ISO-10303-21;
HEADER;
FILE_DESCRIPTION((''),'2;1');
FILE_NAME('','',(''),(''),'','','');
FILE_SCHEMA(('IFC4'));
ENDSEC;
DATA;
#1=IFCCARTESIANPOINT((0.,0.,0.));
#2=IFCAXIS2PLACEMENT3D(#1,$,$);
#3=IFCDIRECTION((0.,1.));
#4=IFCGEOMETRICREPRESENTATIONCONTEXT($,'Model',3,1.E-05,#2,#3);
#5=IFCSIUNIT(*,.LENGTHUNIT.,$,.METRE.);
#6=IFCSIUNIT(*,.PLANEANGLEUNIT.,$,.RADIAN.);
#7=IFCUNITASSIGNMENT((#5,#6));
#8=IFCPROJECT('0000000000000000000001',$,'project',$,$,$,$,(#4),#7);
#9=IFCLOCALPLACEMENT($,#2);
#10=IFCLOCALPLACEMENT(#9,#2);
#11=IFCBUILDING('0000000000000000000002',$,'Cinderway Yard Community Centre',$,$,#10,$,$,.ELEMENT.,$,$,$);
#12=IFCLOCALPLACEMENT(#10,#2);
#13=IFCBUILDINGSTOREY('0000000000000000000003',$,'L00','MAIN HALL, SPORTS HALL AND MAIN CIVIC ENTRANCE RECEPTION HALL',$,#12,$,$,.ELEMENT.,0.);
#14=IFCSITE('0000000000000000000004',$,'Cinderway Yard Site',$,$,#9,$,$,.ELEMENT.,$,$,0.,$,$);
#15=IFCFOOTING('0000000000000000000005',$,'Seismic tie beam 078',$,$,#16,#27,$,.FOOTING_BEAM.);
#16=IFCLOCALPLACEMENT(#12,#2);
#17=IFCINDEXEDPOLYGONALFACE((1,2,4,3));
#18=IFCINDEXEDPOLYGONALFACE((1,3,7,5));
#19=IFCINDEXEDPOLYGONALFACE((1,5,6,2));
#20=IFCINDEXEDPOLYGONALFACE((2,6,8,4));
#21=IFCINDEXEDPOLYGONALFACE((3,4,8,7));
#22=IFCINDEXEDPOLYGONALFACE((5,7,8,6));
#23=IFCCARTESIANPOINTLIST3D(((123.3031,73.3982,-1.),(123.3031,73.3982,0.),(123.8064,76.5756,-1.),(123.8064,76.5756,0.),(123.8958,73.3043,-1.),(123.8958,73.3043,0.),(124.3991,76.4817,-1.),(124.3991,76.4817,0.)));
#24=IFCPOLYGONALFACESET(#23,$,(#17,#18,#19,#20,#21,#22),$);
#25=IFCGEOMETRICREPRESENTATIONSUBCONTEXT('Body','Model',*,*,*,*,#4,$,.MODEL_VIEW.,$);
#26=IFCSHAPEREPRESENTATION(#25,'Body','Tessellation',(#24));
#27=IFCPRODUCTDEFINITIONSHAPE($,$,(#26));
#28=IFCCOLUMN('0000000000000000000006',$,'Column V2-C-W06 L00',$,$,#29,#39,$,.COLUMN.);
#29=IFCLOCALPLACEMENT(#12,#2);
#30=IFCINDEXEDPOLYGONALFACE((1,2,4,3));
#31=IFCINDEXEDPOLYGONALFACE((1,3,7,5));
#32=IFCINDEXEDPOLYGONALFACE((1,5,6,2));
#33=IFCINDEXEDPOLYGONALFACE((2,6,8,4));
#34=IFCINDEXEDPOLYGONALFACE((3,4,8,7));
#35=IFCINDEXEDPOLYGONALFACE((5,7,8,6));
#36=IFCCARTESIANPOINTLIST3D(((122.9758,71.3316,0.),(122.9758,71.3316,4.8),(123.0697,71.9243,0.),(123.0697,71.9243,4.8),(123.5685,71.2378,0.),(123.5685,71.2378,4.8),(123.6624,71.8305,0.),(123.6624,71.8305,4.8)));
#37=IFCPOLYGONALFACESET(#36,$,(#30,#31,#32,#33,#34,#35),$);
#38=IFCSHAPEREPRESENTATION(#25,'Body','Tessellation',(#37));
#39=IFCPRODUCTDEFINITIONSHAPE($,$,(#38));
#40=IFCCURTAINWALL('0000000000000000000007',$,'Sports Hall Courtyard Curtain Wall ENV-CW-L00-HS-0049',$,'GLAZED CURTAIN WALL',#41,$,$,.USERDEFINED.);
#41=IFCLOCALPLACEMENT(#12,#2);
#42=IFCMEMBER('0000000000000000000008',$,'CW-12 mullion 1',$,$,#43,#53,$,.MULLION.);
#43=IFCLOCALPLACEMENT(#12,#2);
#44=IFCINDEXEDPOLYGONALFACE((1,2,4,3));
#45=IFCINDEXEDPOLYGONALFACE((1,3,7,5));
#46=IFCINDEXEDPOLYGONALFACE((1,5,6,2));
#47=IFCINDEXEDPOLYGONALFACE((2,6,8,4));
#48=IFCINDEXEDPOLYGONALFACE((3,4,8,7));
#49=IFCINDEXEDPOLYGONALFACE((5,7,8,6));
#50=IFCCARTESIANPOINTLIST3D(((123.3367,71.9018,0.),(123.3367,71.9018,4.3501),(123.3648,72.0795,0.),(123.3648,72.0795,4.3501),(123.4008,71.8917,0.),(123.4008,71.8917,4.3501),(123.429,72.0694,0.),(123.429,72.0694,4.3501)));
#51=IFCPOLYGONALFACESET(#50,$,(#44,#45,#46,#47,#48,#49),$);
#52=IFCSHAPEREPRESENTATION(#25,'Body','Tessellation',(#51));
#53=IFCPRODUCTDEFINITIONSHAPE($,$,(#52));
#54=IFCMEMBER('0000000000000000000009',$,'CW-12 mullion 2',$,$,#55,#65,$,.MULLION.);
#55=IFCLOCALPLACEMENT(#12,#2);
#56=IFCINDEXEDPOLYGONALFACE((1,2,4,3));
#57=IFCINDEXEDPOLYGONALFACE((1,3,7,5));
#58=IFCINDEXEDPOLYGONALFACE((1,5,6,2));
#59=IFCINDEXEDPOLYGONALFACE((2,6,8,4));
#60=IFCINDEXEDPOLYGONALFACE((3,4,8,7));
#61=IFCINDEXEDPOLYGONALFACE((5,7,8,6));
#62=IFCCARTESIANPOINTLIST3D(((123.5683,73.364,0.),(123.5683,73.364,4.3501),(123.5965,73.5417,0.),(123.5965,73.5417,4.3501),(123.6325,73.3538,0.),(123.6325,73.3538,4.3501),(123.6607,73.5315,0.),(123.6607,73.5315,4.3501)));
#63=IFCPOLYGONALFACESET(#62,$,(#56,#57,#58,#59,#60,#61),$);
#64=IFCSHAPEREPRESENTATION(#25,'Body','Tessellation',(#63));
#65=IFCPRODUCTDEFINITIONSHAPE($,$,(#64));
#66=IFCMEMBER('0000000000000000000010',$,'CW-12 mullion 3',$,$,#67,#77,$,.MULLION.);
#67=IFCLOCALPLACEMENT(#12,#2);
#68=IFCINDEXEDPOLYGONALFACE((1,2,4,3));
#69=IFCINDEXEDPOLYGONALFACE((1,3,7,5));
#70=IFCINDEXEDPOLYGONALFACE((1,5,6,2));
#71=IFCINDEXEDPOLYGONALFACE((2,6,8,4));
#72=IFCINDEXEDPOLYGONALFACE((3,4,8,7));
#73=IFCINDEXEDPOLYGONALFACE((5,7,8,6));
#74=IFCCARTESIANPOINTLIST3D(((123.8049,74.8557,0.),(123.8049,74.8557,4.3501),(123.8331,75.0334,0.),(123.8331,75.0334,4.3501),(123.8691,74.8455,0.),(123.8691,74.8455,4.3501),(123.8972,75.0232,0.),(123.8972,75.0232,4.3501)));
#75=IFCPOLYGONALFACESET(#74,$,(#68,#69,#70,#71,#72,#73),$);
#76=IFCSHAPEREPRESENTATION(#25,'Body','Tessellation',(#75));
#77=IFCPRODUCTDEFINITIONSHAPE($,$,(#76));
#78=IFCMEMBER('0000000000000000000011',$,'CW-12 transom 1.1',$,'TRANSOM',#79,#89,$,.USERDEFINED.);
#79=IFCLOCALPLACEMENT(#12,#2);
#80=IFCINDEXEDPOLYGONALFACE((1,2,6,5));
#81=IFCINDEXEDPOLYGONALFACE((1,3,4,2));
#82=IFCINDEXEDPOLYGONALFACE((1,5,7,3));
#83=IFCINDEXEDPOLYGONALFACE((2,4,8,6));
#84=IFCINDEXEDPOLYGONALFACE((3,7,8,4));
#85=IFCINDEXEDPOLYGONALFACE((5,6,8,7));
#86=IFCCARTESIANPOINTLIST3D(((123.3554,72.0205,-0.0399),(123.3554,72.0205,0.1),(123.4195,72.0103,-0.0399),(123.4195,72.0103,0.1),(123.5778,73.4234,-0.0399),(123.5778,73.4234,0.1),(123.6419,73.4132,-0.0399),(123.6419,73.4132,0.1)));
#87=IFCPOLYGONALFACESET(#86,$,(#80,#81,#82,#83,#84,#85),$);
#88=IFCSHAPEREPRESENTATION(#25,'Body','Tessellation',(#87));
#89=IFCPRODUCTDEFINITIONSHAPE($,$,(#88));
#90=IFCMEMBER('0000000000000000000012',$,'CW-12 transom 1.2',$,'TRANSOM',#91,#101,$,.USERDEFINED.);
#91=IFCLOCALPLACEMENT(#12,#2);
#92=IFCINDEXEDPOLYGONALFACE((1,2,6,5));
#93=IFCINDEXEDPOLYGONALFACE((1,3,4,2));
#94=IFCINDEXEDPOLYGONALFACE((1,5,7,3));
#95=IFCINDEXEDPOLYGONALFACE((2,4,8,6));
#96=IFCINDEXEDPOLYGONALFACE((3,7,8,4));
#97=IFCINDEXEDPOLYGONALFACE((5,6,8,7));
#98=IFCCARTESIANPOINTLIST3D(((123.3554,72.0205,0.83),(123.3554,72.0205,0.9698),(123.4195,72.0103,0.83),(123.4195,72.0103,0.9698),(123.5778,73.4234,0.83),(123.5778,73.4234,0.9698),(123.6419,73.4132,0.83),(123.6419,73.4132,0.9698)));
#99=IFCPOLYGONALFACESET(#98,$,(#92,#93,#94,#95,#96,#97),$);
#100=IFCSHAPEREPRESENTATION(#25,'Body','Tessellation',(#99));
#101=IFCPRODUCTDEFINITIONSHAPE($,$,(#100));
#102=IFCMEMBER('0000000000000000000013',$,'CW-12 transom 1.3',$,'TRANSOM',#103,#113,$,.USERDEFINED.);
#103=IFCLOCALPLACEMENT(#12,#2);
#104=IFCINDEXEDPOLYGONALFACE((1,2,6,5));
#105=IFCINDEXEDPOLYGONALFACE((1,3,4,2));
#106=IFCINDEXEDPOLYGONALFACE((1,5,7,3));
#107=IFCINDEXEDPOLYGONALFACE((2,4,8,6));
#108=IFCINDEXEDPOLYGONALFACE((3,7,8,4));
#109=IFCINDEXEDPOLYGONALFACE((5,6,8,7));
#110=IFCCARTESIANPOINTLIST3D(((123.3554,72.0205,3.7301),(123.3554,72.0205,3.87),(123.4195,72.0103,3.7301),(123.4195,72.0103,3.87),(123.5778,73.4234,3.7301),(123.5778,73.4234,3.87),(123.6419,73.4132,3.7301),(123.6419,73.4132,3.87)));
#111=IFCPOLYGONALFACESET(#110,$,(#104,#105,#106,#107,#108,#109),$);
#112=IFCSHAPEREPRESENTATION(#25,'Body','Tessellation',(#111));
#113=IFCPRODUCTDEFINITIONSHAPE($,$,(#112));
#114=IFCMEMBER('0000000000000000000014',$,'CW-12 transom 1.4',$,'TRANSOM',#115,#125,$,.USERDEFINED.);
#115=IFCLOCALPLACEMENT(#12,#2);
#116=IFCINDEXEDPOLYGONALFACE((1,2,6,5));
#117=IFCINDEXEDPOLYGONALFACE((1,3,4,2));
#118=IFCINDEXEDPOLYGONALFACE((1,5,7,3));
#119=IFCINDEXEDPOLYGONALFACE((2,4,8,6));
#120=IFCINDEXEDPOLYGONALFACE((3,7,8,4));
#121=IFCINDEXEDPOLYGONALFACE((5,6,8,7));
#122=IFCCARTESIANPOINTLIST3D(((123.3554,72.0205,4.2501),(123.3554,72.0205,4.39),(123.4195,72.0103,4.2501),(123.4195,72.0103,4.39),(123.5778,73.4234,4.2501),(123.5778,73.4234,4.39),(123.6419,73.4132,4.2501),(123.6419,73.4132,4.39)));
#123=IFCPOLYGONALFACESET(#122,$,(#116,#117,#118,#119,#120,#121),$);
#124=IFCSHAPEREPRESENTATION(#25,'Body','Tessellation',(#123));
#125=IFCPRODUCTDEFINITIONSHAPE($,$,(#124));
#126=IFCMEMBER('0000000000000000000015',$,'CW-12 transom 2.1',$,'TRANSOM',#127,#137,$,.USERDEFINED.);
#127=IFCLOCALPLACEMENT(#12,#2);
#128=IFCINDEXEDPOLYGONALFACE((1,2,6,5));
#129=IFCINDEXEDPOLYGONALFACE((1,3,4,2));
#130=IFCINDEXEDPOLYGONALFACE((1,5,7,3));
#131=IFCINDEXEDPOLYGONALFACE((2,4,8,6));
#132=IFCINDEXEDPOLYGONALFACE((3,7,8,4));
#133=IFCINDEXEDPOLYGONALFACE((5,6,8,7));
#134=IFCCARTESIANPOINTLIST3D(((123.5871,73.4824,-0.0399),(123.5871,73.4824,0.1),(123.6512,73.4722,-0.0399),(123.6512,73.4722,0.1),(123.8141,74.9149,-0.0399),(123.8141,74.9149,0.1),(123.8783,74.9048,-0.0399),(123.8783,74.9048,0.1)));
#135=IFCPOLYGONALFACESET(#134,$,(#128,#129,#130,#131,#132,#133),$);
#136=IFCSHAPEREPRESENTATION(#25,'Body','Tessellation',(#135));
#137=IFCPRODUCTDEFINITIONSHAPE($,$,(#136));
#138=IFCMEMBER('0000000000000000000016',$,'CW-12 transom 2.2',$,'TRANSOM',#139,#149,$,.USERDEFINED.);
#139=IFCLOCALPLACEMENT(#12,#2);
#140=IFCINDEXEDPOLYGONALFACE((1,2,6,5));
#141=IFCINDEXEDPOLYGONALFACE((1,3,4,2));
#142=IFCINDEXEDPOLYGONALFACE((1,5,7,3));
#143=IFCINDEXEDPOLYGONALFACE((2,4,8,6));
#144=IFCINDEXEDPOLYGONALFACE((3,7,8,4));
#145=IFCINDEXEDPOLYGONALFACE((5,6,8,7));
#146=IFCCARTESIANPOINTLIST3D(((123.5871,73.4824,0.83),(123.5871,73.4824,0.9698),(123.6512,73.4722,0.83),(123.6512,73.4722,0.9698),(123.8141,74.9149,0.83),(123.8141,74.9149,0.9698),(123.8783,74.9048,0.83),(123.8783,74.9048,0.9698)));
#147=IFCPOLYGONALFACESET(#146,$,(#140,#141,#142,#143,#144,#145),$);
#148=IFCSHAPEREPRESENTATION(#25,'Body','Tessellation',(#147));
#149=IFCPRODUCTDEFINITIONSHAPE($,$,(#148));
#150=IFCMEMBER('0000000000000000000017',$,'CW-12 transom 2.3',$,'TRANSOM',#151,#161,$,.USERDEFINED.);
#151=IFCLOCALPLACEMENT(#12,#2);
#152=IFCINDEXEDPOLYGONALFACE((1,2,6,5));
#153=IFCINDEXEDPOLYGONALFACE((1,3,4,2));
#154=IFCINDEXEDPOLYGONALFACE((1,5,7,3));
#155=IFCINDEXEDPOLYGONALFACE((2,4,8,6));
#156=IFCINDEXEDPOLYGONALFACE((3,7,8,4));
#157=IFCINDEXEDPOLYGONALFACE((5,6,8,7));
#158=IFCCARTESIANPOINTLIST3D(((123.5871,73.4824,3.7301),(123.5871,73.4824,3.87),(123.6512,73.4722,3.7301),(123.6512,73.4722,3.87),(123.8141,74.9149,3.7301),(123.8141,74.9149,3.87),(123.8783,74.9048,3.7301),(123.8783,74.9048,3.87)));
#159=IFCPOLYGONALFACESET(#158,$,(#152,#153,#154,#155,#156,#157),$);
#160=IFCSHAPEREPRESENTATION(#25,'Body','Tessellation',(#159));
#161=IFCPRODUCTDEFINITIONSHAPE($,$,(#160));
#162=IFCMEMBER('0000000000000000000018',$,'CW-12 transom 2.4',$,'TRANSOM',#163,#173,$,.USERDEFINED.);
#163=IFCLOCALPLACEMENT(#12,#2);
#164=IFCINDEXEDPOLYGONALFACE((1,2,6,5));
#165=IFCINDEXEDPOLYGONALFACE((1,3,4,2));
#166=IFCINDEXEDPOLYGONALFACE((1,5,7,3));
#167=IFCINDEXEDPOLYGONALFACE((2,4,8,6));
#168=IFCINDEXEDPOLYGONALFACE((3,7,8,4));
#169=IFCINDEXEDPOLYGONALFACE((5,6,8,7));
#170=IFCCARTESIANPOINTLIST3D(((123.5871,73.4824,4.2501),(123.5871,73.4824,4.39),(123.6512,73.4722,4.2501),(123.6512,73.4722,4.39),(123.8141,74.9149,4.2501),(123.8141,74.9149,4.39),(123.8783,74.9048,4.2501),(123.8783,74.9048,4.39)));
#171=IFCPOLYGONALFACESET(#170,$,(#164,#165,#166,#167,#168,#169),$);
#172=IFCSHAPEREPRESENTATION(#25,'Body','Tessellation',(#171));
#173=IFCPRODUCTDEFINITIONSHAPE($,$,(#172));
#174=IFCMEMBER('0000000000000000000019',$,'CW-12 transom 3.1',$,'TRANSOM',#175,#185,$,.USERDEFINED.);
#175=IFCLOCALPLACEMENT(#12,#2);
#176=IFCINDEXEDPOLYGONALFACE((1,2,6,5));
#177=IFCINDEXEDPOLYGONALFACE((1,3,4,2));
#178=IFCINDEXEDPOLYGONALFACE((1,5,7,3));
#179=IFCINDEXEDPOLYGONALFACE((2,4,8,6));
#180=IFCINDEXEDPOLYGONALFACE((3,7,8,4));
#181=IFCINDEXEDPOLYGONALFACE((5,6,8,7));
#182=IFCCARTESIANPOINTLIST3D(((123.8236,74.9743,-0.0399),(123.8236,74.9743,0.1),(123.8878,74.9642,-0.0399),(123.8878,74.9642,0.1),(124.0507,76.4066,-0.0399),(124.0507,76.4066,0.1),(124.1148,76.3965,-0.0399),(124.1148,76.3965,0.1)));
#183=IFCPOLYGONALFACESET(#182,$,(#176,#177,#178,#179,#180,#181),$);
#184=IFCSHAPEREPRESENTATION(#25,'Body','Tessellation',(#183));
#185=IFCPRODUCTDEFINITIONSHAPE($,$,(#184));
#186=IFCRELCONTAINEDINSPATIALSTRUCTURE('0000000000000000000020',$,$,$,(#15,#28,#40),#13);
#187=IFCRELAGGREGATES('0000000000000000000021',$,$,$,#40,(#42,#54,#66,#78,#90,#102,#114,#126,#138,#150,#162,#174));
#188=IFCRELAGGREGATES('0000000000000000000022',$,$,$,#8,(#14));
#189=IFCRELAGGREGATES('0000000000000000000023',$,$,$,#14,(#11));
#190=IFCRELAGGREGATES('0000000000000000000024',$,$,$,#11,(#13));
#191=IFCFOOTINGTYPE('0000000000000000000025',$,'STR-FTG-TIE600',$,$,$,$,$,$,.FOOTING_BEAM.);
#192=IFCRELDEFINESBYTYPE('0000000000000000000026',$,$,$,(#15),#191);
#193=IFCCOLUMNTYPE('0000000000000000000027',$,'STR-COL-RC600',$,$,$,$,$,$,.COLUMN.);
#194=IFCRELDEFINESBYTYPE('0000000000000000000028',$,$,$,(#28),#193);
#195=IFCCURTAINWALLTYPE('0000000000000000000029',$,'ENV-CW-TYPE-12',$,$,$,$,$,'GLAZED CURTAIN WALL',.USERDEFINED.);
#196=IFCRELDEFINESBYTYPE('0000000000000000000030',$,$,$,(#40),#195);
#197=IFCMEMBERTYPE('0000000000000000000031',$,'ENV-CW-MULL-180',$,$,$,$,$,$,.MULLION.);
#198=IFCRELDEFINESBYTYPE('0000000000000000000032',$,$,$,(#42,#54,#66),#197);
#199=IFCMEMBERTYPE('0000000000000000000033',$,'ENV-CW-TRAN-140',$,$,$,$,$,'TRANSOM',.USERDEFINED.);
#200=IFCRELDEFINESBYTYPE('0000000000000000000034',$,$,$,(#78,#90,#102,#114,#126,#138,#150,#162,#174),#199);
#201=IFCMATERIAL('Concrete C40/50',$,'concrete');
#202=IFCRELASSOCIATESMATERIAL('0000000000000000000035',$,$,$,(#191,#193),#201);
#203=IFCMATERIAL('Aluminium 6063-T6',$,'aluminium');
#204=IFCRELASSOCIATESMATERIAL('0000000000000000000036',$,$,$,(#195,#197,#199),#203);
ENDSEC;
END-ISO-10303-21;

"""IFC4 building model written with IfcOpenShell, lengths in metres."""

from ifc_helpers import new_model, si_unit, direction, frame, origin, origin_2d, place, context, subcontext, project, spatial, rectangle, extrude, material, material_profile, profile_set, type_object, element, aggregate, save


model = new_model("IFC4")

# Units and contexts
model_context = context("Model", 3, precision=1e-05, world=origin(), true_north=direction((0.0, 1.0)))
body_context = subcontext(model_context, "Body", "Model", "MODEL_VIEW")
ifc_project = project(units=[si_unit("LENGTHUNIT", "METRE"), si_unit("PLANEANGLEUNIT", "RADIAN")], contexts=[model_context])

# Site, building, storey
site_placement = place(None, origin())
site = spatial("IfcSite", under=ifc_project, at=site_placement, Name="Cinderway Yard Site", CompositionType="ELEMENT", RefElevation=0.0)
building_placement = place(site_placement, origin())
building = spatial("IfcBuilding", under=site, at=building_placement, Name="Cinderway Yard Community Centre", CompositionType="ELEMENT")
storey_placement = place(building_placement, origin())
storey = spatial("IfcBuildingStorey", under=building, at=storey_placement, Name="L00", Description="MAIN HALL, SPORTS HALL AND MAIN CIVIC ENTRANCE RECEPTION HALL", CompositionType="ELEMENT", Elevation=0.0)

# Footing
ifc_material_1 = material(Name="Concrete C40/50", Category="concrete")
footing_type = type_object("IfcFootingType", Name="STR-FTG-TIE600", PredefinedType="FOOTING_BEAM", material=ifc_material_1)
footing_placement = place(storey_placement, frame((123.8511, 74.9399, -1.0), z_axis=(0.0, 0.0, 1.0), x_axis=(0.156452, 0.987686, 0.0)))
element("IfcFooting", 1, at=footing_placement, inside=storey, type_object=footing_type, Name="Seismic tie beam 078", PredefinedType="FOOTING_BEAM", context=body_context, shape_type="SweptSolid", body=[
    extrude(rectangle(XDim=3.217, YDim=0.6001, at=origin_2d()), origin(), (0.0, 0.0, 1.0), 1.0),
])

# Column
ifc_material_profile_1 = material_profile(ifc_material_1, rectangle(XDim=0.6001, YDim=0.6001, at=origin_2d()), Name="Concrete C40/50")
ifc_profile_set_1 = profile_set([ifc_material_profile_1], Name="Concrete C40/50")
column_type = type_object("IfcColumnType", Name="STR-COL-RC600", PredefinedType="COLUMN", material=ifc_profile_set_1)
column_placement = place(storey_placement, frame((123.3191, 71.5811, 0.0), z_axis=(0.0, 0.0, 1.0), x_axis=(0.987688, -0.156434, 0.0)))
element("IfcColumn", 2, at=column_placement, inside=storey, type_object=column_type, Name="Column V2-C-W06 L00", PredefinedType="COLUMN", context=body_context, shape_type="SweptSolid", body=[
    extrude(rectangle(XDim=0.6001, YDim=0.6001, at=origin_2d()), origin(), (0.0, 0.0, 1.0), 4.8),
])

# Curtain wall, members
ifc_material_2 = material(Name="Aluminium 6063-T6", Category="aluminium")
curtain_wall_type = type_object("IfcCurtainWallType", Name="ENV-CW-TYPE-12", ElementType="GLAZED CURTAIN WALL", PredefinedType="USERDEFINED", material=ifc_material_2)
curtain_wall_placement = place(storey_placement, origin())
curtain_wall = element("IfcCurtainWall", 3, at=curtain_wall_placement, inside=storey, type_object=curtain_wall_type, Name="Sports Hall Courtyard Curtain Wall ENV-CW-L00-HS-0049", ObjectType="GLAZED CURTAIN WALL", PredefinedType="USERDEFINED")
ifc_material_profile_2 = material_profile(ifc_material_2, rectangle(XDim=0.0649, YDim=0.1799, at=origin_2d()), Name="Aluminium 6063-T6")
ifc_profile_set_2 = profile_set([ifc_material_profile_2], Name="Aluminium 6063-T6")
member_type_1 = type_object("IfcMemberType", Name="ENV-CW-MULL-180", PredefinedType="MULLION", material=ifc_profile_set_2)
member_1_placement = place(storey_placement, frame((123.3828, 71.9856, 0.0), z_axis=(0.0, 0.0, 1.0), x_axis=(-0.987665, 0.156583, 0.0)))
member_1 = element("IfcMember", 4, at=member_1_placement, type_object=member_type_1, Name="CW-12 mullion 1", PredefinedType="MULLION", context=body_context, shape_type="SweptSolid", body=[
    extrude(rectangle(XDim=0.0649, YDim=0.1799, at=origin_2d()), origin(), (0.0, 0.0, 1.0), 4.3501),
])
member_2_placement = place(storey_placement, frame((123.6145, 73.4478, 0.0), z_axis=(0.0, 0.0, 1.0), x_axis=(-0.987665, 0.156583, 0.0)))
member_2 = element("IfcMember", 5, at=member_2_placement, type_object=member_type_1, Name="CW-12 mullion 2", PredefinedType="MULLION", context=body_context, shape_type="SweptSolid", body=[
    extrude(rectangle(XDim=0.0649, YDim=0.1799, at=origin_2d()), origin(), (0.0, 0.0, 1.0), 4.3501),
])
member_3_placement = place(storey_placement, frame((123.8511, 74.9395, 0.0), z_axis=(0.0, 0.0, 1.0), x_axis=(-0.987665, 0.156583, 0.0)))
member_3 = element("IfcMember", 6, at=member_3_placement, type_object=member_type_1, Name="CW-12 mullion 3", PredefinedType="MULLION", context=body_context, shape_type="SweptSolid", body=[
    extrude(rectangle(XDim=0.0649, YDim=0.1799, at=origin_2d()), origin(), (0.0, 0.0, 1.0), 4.3501),
])
ifc_material_profile_3 = material_profile(ifc_material_2, rectangle(XDim=0.0649, YDim=0.1399, at=origin_2d()), Name="Aluminium 6063-T6")
ifc_profile_set_3 = profile_set([ifc_material_profile_3], Name="Aluminium 6063-T6")
member_type_2 = type_object("IfcMemberType", Name="ENV-CW-TRAN-140", ElementType="TRANSOM", PredefinedType="USERDEFINED", material=ifc_profile_set_3)
member_4_placement = place(storey_placement, frame((123.3875, 72.0154, 0.03), z_axis=(0.156589, 0.987664, 0.0), x_axis=(-0.987664, 0.156589, 0.0)))
member_4 = element("IfcMember", 7, at=member_4_placement, type_object=member_type_2, Name="CW-12 transom 1.1", ObjectType="TRANSOM", PredefinedType="USERDEFINED", context=body_context, shape_type="SweptSolid", body=[
    extrude(rectangle(XDim=0.0649, YDim=0.1399, at=origin_2d()), origin(), (0.0, 0.0, 1.0), 1.4204),
])
member_5_placement = place(storey_placement, frame((123.3875, 72.0154, 0.8999), z_axis=(0.156589, 0.987664, 0.0), x_axis=(-0.987664, 0.156589, 0.0)))
member_5 = element("IfcMember", 8, at=member_5_placement, type_object=member_type_2, Name="CW-12 transom 1.2", ObjectType="TRANSOM", PredefinedType="USERDEFINED", context=body_context, shape_type="SweptSolid", body=[
    extrude(rectangle(XDim=0.0649, YDim=0.1399, at=origin_2d()), origin(), (0.0, 0.0, 1.0), 1.4204),
])
member_6_placement = place(storey_placement, frame((123.3875, 72.0154, 3.8), z_axis=(0.156589, 0.987664, 0.0), x_axis=(-0.987664, 0.156589, 0.0)))
member_6 = element("IfcMember", 9, at=member_6_placement, type_object=member_type_2, Name="CW-12 transom 1.3", ObjectType="TRANSOM", PredefinedType="USERDEFINED", context=body_context, shape_type="SweptSolid", body=[
    extrude(rectangle(XDim=0.0649, YDim=0.1399, at=origin_2d()), origin(), (0.0, 0.0, 1.0), 1.4204),
])
member_7_placement = place(storey_placement, frame((123.3875, 72.0154, 4.3201), z_axis=(0.156589, 0.987664, 0.0), x_axis=(-0.987664, 0.156589, 0.0)))
member_7 = element("IfcMember", 10, at=member_7_placement, type_object=member_type_2, Name="CW-12 transom 1.4", ObjectType="TRANSOM", PredefinedType="USERDEFINED", context=body_context, shape_type="SweptSolid", body=[
    extrude(rectangle(XDim=0.0649, YDim=0.1399, at=origin_2d()), origin(), (0.0, 0.0, 1.0), 1.4204),
])
member_8_placement = place(storey_placement, frame((123.6191, 73.4773, 0.03), z_axis=(0.156533, 0.987673, 0.0), x_axis=(-0.987673, 0.156533, 0.0)))
member_8 = element("IfcMember", 11, at=member_8_placement, type_object=member_type_2, Name="CW-12 transom 2.1", ObjectType="TRANSOM", PredefinedType="USERDEFINED", context=body_context, shape_type="SweptSolid", body=[
    extrude(rectangle(XDim=0.0649, YDim=0.1399, at=origin_2d()), origin(), (0.0, 0.0, 1.0), 1.4504),
])
member_9_placement = place(storey_placement, frame((123.6191, 73.4773, 0.8999), z_axis=(0.156533, 0.987673, 0.0), x_axis=(-0.987673, 0.156533, 0.0)))
member_9 = element("IfcMember", 12, at=member_9_placement, type_object=member_type_2, Name="CW-12 transom 2.2", ObjectType="TRANSOM", PredefinedType="USERDEFINED", context=body_context, shape_type="SweptSolid", body=[
    extrude(rectangle(XDim=0.0649, YDim=0.1399, at=origin_2d()), origin(), (0.0, 0.0, 1.0), 1.4504),
])
member_10_placement = place(storey_placement, frame((123.6191, 73.4773, 3.8), z_axis=(0.156533, 0.987673, 0.0), x_axis=(-0.987673, 0.156533, 0.0)))
member_10 = element("IfcMember", 13, at=member_10_placement, type_object=member_type_2, Name="CW-12 transom 2.3", ObjectType="TRANSOM", PredefinedType="USERDEFINED", context=body_context, shape_type="SweptSolid", body=[
    extrude(rectangle(XDim=0.0649, YDim=0.1399, at=origin_2d()), origin(), (0.0, 0.0, 1.0), 1.4504),
])
member_11_placement = place(storey_placement, frame((123.6191, 73.4773, 4.3201), z_axis=(0.156533, 0.987673, 0.0), x_axis=(-0.987673, 0.156533, 0.0)))
member_11 = element("IfcMember", 14, at=member_11_placement, type_object=member_type_2, Name="CW-12 transom 2.4", ObjectType="TRANSOM", PredefinedType="USERDEFINED", context=body_context, shape_type="SweptSolid", body=[
    extrude(rectangle(XDim=0.0649, YDim=0.1399, at=origin_2d()), origin(), (0.0, 0.0, 1.0), 1.4504),
])
member_12_placement = place(storey_placement, frame((123.8557, 74.9692, 0.03), z_axis=(0.156559, 0.987669, 0.0), x_axis=(-0.987669, 0.156559, 0.0)))
member_12 = element("IfcMember", 15, at=member_12_placement, type_object=member_type_2, Name="CW-12 transom 3.1", ObjectType="TRANSOM", PredefinedType="USERDEFINED", context=body_context, shape_type="SweptSolid", body=[
    extrude(rectangle(XDim=0.0649, YDim=0.1399, at=origin_2d()), origin(), (0.0, 0.0, 1.0), 1.4502),
])
aggregate(curtain_wall, [member_1, member_2, member_3, member_4, member_5, member_6, member_7, member_8, member_9, member_10, member_11, member_12])

save(model, "model.ifc")
